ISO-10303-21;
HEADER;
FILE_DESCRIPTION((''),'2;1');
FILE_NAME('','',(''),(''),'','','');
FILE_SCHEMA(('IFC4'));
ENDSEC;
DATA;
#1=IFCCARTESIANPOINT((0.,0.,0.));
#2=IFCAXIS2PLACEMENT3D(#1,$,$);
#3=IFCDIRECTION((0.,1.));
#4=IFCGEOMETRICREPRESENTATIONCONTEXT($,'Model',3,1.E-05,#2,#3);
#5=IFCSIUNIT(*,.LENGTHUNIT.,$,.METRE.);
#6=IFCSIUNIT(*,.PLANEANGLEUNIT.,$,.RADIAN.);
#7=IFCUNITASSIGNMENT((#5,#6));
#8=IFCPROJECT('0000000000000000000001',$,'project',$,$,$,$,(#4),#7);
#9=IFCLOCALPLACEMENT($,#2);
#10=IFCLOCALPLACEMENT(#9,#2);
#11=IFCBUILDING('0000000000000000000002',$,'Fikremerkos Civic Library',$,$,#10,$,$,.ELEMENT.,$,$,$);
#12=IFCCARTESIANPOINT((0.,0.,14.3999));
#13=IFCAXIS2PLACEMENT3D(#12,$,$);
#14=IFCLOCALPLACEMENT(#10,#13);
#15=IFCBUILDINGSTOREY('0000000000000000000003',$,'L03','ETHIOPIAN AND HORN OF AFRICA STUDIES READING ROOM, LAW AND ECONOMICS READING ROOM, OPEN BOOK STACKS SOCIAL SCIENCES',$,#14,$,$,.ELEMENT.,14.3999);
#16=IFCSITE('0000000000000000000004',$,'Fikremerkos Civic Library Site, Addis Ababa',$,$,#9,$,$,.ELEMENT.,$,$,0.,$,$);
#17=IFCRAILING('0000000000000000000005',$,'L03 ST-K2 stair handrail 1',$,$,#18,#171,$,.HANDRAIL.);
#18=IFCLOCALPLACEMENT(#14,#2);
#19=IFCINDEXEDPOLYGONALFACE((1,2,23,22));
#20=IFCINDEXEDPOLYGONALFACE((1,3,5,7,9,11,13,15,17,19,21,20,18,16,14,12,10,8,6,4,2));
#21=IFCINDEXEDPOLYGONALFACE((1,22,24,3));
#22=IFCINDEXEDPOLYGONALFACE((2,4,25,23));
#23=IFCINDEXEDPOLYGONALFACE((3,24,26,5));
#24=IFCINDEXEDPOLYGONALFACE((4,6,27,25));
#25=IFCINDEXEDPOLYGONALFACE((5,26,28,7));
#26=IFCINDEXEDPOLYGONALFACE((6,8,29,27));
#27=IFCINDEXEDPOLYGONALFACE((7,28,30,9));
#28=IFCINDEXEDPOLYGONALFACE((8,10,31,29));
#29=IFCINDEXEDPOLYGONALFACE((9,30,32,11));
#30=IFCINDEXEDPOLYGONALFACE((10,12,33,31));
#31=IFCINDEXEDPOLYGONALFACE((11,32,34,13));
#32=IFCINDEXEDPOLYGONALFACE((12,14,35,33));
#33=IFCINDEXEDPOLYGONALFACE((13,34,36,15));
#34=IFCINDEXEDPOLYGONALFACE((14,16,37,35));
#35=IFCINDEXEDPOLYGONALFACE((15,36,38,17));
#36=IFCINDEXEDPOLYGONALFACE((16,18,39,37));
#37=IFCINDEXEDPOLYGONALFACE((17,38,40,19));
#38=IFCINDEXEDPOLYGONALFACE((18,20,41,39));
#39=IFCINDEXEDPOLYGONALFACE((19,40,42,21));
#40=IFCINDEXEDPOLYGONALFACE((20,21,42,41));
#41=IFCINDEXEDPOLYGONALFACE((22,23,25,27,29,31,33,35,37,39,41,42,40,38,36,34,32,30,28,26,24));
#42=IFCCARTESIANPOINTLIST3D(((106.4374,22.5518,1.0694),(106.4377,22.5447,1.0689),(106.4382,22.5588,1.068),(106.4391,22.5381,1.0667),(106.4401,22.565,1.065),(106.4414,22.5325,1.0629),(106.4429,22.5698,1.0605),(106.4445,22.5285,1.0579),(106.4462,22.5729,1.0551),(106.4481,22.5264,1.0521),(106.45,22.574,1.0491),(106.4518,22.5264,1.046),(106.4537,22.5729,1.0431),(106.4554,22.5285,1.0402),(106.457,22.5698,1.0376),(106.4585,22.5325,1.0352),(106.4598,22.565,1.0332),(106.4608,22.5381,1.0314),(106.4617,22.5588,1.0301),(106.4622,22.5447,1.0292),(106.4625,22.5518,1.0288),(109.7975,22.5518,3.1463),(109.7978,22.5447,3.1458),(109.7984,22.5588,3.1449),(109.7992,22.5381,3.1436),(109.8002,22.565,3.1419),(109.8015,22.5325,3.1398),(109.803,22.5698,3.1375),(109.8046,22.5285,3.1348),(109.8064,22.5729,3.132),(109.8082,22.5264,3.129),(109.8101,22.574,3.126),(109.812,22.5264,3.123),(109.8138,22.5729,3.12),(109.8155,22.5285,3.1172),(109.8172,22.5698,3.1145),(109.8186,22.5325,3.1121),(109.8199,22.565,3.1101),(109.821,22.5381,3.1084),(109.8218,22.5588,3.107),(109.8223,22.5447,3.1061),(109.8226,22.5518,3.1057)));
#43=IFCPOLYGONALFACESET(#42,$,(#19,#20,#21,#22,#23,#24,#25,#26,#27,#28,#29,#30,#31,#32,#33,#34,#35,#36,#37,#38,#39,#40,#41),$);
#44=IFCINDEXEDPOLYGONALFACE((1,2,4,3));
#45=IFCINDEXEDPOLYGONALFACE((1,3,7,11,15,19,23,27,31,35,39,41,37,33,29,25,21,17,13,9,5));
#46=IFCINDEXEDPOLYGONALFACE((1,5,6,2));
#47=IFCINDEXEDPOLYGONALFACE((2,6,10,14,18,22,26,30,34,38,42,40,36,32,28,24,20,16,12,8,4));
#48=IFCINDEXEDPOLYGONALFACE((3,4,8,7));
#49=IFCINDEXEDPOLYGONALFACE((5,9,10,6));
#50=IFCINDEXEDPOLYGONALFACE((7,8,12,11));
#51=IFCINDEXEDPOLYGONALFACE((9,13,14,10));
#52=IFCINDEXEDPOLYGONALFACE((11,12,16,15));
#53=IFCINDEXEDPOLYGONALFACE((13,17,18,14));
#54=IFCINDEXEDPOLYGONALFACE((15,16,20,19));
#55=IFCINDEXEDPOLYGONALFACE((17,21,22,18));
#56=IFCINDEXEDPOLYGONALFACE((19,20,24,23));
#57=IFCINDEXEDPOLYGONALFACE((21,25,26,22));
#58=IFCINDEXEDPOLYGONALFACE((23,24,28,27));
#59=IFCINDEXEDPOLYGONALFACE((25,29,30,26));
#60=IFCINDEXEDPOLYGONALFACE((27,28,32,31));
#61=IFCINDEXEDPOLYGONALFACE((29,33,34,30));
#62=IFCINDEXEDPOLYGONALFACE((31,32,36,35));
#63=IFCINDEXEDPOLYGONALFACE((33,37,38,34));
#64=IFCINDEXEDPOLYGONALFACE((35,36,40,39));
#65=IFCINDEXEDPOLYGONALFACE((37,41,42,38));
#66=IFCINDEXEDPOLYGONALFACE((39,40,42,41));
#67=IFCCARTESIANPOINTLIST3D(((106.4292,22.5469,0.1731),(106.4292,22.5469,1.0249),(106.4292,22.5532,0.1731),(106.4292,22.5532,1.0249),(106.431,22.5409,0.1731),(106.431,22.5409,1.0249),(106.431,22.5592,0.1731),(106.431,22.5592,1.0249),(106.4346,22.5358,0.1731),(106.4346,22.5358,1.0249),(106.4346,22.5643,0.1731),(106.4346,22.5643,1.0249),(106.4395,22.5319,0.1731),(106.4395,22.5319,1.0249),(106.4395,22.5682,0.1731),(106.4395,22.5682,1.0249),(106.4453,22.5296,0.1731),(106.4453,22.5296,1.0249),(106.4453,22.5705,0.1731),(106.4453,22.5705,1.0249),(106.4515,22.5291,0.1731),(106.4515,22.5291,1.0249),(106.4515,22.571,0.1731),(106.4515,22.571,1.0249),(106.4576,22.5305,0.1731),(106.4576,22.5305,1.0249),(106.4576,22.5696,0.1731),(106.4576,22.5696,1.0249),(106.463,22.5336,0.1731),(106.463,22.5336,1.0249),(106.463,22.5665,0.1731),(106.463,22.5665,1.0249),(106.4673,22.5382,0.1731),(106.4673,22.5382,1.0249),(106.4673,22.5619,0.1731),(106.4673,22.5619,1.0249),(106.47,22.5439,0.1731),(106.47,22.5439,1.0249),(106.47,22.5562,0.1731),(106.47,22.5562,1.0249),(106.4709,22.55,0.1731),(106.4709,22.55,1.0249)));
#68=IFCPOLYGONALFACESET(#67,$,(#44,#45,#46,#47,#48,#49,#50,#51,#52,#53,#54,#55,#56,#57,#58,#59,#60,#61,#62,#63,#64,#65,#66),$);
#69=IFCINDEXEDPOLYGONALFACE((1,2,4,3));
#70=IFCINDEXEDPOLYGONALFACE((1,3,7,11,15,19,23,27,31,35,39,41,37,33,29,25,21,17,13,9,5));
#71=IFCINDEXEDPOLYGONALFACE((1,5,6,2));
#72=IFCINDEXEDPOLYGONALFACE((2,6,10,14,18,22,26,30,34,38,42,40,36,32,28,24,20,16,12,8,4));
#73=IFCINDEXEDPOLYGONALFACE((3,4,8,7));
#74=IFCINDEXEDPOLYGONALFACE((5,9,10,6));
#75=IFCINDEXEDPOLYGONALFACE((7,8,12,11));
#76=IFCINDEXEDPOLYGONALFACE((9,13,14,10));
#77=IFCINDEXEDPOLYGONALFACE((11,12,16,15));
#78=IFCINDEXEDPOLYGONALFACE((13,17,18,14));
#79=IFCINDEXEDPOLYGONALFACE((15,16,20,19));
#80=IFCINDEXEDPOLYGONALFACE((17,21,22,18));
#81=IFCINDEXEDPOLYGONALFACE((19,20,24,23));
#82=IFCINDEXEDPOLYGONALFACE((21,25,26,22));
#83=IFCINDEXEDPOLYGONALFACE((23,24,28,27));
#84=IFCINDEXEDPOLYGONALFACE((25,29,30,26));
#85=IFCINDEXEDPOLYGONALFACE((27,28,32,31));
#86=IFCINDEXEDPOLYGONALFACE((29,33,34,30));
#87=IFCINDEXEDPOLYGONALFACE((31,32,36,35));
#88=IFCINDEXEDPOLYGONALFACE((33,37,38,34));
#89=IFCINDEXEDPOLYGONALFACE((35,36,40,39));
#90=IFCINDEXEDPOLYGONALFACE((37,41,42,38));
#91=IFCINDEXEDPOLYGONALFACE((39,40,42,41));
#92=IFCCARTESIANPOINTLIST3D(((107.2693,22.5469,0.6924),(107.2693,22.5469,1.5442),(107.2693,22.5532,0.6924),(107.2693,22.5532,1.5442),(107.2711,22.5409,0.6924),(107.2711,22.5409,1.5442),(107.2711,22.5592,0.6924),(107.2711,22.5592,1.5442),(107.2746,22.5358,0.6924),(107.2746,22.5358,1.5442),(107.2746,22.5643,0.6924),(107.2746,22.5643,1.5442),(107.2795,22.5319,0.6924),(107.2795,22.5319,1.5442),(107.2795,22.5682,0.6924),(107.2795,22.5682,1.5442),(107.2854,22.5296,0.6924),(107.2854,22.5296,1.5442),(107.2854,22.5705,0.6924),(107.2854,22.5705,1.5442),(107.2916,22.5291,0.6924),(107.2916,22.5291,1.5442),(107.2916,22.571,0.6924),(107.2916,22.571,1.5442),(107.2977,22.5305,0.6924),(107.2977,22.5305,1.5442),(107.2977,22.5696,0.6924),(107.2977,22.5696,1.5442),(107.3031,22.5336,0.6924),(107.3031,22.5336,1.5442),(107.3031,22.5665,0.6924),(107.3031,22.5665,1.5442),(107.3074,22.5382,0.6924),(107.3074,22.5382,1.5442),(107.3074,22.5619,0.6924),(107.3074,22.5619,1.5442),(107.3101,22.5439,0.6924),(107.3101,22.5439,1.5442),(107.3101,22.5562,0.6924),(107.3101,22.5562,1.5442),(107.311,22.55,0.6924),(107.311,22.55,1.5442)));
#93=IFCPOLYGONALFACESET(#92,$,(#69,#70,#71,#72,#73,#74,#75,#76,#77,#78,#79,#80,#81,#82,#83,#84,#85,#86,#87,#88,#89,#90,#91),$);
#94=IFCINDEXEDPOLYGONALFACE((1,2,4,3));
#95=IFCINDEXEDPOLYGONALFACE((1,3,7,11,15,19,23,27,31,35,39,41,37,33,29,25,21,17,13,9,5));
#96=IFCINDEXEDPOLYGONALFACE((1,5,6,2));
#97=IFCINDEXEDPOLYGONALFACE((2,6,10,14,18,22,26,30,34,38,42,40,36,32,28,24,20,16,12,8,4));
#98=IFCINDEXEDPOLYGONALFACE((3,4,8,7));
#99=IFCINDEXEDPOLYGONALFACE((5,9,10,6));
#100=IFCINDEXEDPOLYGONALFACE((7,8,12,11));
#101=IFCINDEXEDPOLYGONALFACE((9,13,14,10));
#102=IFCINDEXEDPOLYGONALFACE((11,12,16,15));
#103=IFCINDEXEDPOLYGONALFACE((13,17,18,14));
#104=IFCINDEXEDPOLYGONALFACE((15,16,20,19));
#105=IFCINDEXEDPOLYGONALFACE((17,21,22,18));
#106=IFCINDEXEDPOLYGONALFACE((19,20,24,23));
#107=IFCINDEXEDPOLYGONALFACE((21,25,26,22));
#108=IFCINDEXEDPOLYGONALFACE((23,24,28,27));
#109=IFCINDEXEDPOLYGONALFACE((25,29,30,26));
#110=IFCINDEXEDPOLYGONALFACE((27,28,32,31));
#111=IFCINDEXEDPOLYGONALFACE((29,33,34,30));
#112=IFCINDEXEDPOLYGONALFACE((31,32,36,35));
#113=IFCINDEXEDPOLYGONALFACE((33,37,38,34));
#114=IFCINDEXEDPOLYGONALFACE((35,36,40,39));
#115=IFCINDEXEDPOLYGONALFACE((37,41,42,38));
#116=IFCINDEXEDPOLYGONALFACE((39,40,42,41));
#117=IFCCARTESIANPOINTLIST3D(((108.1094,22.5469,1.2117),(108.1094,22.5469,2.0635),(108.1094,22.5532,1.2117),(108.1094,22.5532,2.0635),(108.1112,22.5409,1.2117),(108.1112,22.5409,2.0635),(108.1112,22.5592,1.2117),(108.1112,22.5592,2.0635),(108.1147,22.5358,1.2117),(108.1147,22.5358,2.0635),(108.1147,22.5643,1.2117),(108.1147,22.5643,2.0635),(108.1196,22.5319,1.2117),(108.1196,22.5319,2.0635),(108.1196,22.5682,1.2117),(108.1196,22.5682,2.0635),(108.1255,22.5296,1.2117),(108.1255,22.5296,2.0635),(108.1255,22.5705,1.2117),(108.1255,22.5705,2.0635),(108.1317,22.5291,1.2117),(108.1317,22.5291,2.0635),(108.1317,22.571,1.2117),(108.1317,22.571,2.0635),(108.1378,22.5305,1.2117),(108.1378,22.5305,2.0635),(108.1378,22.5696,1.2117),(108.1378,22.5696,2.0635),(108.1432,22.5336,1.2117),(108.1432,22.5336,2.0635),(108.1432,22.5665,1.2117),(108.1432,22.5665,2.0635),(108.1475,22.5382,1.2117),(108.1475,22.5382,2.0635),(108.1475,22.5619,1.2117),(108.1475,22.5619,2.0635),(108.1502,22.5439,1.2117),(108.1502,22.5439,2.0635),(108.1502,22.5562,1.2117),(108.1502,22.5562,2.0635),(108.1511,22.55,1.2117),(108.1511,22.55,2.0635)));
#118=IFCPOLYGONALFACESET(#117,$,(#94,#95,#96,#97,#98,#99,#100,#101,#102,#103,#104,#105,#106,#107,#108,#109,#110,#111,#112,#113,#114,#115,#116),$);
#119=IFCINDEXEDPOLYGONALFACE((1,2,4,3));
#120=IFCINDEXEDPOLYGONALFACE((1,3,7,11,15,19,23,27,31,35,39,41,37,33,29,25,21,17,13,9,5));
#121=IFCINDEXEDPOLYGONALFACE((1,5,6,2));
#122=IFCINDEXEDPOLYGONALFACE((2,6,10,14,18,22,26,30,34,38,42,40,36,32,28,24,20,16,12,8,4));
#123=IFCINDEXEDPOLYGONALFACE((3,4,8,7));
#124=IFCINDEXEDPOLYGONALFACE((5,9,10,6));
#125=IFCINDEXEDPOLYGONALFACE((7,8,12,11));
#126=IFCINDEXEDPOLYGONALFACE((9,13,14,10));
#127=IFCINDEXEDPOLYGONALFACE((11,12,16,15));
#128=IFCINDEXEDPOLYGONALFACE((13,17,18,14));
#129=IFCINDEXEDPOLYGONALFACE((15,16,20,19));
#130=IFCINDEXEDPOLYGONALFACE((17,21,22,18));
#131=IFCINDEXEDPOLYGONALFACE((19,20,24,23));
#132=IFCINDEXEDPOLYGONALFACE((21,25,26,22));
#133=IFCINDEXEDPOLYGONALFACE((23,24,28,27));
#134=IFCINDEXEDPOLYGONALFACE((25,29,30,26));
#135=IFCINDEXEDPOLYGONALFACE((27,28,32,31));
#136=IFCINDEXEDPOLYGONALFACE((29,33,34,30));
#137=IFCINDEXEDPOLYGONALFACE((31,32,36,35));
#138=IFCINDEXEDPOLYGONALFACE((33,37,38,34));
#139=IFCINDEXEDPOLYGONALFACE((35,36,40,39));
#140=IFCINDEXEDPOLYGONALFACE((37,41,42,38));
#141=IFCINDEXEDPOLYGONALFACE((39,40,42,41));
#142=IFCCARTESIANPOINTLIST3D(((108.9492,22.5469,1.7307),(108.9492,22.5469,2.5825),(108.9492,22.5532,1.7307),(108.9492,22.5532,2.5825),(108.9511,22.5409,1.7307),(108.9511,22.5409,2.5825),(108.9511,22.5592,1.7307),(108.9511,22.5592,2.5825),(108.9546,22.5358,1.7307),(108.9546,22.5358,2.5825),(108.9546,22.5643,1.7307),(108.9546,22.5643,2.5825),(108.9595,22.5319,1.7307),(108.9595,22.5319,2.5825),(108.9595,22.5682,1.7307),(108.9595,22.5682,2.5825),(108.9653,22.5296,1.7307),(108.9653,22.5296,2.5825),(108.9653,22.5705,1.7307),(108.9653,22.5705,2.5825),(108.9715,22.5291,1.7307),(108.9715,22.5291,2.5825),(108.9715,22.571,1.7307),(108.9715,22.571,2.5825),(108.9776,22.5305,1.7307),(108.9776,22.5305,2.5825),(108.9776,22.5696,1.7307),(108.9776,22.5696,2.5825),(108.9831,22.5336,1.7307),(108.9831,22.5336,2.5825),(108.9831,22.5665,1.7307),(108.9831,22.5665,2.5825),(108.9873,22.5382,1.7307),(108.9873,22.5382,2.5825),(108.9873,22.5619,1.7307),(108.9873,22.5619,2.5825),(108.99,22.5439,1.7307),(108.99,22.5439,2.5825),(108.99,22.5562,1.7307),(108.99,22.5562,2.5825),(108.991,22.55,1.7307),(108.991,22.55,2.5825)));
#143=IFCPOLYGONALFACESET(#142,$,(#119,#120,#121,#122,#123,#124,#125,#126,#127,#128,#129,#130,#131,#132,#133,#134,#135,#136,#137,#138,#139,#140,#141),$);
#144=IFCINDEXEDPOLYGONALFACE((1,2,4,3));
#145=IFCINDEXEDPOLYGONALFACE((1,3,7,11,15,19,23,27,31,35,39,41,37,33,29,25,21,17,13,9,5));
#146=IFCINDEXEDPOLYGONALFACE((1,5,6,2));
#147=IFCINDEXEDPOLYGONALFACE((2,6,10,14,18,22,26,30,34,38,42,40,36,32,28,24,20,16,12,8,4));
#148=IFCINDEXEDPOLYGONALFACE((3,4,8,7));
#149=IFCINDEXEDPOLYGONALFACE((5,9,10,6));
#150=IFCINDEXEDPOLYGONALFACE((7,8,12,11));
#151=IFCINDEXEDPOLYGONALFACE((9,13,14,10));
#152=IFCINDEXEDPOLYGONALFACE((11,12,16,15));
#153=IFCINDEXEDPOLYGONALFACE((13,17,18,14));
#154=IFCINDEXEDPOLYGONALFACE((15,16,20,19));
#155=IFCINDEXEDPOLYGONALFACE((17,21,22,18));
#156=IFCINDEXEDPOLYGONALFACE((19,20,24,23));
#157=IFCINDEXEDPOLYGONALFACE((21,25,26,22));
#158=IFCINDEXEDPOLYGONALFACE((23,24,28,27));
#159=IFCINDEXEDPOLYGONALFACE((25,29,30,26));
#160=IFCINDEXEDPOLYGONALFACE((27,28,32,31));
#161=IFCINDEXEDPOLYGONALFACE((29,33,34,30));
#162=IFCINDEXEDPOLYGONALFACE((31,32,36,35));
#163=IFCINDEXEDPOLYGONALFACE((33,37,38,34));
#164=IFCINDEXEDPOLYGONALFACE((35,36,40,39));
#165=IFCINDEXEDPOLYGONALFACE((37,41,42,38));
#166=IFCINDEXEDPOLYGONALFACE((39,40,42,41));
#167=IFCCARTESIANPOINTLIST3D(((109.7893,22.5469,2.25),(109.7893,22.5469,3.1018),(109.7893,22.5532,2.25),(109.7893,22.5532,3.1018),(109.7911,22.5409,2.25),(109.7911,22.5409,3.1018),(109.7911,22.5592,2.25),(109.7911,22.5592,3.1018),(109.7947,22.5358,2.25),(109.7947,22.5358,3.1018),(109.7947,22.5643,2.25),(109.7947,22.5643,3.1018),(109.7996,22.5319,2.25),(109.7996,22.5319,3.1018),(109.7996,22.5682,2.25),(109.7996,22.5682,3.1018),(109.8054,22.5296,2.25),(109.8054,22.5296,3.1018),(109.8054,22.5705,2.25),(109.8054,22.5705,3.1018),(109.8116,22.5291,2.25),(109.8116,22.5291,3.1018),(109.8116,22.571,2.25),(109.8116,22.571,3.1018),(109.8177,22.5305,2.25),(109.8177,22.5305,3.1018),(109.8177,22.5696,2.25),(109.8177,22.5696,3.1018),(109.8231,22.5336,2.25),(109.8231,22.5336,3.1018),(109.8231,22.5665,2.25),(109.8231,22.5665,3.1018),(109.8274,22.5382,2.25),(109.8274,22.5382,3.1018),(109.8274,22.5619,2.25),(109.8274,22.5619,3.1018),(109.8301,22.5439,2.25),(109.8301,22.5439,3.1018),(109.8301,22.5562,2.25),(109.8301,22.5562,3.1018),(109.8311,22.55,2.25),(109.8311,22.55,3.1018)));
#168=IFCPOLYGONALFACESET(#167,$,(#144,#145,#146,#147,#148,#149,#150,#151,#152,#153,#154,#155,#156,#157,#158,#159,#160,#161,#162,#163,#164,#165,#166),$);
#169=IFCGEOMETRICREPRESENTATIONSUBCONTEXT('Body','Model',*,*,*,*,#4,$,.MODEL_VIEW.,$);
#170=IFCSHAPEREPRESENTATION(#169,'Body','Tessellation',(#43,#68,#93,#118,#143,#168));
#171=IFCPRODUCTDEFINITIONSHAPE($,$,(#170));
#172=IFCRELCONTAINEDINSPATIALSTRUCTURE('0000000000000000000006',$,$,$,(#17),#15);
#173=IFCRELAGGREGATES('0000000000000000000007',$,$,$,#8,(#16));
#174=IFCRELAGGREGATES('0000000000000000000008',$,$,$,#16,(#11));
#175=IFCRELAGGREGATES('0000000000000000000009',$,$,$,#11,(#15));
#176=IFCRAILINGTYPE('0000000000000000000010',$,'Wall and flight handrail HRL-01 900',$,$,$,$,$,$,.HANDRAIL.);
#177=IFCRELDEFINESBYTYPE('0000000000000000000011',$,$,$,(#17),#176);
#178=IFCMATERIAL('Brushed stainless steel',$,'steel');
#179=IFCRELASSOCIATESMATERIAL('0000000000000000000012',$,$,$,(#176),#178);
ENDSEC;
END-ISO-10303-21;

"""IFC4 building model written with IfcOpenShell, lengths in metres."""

from ifc_helpers import new_model, si_unit, direction, frame, origin, origin_2d, place, context, subcontext, project, spatial, circle, extrude, material, type_object, element, save


model = new_model("IFC4")

# Units and contexts
model_context = context("Model", 3, precision=1e-05, world=origin(), true_north=direction((0.0, 1.0)))
body_context = subcontext(model_context, "Body", "Model", "MODEL_VIEW")
ifc_project = project(units=[si_unit("LENGTHUNIT", "METRE"), si_unit("PLANEANGLEUNIT", "RADIAN")], contexts=[model_context])

# Site, building, storey
site_placement = place(None, origin())
site = spatial("IfcSite", under=ifc_project, at=site_placement, Name="Fikremerkos Civic Library Site, Addis Ababa", CompositionType="ELEMENT", RefElevation=0.0)
building_placement = place(site_placement, origin())
building = spatial("IfcBuilding", under=site, at=building_placement, Name="Fikremerkos Civic Library", CompositionType="ELEMENT")
storey_placement = place(building_placement, frame((0.0, 0.0, 14.3999)))
storey = spatial("IfcBuildingStorey", under=building, at=storey_placement, Name="L03", Description="ETHIOPIAN AND HORN OF AFRICA STUDIES READING ROOM, LAW AND ECONOMICS READING ROOM, OPEN BOOK STACKS SOCIAL SCIENCES", CompositionType="ELEMENT", Elevation=14.3999)

# Railing
ifc_material_1 = material(Name="Brushed stainless steel", Category="steel")
railing_type = type_object("IfcRailingType", Name="Wall and flight handrail HRL-01 900", PredefinedType="HANDRAIL", material=ifc_material_1)
railing_placement = place(storey_placement, frame((106.45, 22.55, 0.1731)))
element("IfcRailing", 1, at=railing_placement, inside=storey, type_object=railing_type, Name="L03 ST-K2 stair handrail 1", PredefinedType="HANDRAIL", context=body_context, shape_type="SweptSolid", body=[
    extrude(circle(Radius=0.0239, at=origin_2d()), frame((0.0, 0.0, 0.876), z_axis=(0.850623, 0.0, 0.525776), x_axis=(0.0, 1.0, 0.0)), (0.0, 0.0, 1.0), 3.9502),
    extrude(circle(Radius=0.021, at=origin_2d()), origin(), (0.0, 0.0, 1.0), 0.8518),
    extrude(circle(Radius=0.021, at=origin_2d()), frame((0.8401, 0.0, 0.5193)), (0.0, 0.0, 1.0), 0.8518),
    extrude(circle(Radius=0.021, at=origin_2d()), frame((1.6802, 0.0, 1.0386)), (0.0, 0.0, 1.0), 0.8518),
    extrude(circle(Radius=0.021, at=origin_2d()), frame((2.52, 0.0, 1.5576)), (0.0, 0.0, 1.0), 0.8518),
    extrude(circle(Radius=0.021, at=origin_2d()), frame((3.3601, 0.0, 2.0769)), (0.0, 0.0, 1.0), 0.8518),
])

save(model, "model.ifc")
